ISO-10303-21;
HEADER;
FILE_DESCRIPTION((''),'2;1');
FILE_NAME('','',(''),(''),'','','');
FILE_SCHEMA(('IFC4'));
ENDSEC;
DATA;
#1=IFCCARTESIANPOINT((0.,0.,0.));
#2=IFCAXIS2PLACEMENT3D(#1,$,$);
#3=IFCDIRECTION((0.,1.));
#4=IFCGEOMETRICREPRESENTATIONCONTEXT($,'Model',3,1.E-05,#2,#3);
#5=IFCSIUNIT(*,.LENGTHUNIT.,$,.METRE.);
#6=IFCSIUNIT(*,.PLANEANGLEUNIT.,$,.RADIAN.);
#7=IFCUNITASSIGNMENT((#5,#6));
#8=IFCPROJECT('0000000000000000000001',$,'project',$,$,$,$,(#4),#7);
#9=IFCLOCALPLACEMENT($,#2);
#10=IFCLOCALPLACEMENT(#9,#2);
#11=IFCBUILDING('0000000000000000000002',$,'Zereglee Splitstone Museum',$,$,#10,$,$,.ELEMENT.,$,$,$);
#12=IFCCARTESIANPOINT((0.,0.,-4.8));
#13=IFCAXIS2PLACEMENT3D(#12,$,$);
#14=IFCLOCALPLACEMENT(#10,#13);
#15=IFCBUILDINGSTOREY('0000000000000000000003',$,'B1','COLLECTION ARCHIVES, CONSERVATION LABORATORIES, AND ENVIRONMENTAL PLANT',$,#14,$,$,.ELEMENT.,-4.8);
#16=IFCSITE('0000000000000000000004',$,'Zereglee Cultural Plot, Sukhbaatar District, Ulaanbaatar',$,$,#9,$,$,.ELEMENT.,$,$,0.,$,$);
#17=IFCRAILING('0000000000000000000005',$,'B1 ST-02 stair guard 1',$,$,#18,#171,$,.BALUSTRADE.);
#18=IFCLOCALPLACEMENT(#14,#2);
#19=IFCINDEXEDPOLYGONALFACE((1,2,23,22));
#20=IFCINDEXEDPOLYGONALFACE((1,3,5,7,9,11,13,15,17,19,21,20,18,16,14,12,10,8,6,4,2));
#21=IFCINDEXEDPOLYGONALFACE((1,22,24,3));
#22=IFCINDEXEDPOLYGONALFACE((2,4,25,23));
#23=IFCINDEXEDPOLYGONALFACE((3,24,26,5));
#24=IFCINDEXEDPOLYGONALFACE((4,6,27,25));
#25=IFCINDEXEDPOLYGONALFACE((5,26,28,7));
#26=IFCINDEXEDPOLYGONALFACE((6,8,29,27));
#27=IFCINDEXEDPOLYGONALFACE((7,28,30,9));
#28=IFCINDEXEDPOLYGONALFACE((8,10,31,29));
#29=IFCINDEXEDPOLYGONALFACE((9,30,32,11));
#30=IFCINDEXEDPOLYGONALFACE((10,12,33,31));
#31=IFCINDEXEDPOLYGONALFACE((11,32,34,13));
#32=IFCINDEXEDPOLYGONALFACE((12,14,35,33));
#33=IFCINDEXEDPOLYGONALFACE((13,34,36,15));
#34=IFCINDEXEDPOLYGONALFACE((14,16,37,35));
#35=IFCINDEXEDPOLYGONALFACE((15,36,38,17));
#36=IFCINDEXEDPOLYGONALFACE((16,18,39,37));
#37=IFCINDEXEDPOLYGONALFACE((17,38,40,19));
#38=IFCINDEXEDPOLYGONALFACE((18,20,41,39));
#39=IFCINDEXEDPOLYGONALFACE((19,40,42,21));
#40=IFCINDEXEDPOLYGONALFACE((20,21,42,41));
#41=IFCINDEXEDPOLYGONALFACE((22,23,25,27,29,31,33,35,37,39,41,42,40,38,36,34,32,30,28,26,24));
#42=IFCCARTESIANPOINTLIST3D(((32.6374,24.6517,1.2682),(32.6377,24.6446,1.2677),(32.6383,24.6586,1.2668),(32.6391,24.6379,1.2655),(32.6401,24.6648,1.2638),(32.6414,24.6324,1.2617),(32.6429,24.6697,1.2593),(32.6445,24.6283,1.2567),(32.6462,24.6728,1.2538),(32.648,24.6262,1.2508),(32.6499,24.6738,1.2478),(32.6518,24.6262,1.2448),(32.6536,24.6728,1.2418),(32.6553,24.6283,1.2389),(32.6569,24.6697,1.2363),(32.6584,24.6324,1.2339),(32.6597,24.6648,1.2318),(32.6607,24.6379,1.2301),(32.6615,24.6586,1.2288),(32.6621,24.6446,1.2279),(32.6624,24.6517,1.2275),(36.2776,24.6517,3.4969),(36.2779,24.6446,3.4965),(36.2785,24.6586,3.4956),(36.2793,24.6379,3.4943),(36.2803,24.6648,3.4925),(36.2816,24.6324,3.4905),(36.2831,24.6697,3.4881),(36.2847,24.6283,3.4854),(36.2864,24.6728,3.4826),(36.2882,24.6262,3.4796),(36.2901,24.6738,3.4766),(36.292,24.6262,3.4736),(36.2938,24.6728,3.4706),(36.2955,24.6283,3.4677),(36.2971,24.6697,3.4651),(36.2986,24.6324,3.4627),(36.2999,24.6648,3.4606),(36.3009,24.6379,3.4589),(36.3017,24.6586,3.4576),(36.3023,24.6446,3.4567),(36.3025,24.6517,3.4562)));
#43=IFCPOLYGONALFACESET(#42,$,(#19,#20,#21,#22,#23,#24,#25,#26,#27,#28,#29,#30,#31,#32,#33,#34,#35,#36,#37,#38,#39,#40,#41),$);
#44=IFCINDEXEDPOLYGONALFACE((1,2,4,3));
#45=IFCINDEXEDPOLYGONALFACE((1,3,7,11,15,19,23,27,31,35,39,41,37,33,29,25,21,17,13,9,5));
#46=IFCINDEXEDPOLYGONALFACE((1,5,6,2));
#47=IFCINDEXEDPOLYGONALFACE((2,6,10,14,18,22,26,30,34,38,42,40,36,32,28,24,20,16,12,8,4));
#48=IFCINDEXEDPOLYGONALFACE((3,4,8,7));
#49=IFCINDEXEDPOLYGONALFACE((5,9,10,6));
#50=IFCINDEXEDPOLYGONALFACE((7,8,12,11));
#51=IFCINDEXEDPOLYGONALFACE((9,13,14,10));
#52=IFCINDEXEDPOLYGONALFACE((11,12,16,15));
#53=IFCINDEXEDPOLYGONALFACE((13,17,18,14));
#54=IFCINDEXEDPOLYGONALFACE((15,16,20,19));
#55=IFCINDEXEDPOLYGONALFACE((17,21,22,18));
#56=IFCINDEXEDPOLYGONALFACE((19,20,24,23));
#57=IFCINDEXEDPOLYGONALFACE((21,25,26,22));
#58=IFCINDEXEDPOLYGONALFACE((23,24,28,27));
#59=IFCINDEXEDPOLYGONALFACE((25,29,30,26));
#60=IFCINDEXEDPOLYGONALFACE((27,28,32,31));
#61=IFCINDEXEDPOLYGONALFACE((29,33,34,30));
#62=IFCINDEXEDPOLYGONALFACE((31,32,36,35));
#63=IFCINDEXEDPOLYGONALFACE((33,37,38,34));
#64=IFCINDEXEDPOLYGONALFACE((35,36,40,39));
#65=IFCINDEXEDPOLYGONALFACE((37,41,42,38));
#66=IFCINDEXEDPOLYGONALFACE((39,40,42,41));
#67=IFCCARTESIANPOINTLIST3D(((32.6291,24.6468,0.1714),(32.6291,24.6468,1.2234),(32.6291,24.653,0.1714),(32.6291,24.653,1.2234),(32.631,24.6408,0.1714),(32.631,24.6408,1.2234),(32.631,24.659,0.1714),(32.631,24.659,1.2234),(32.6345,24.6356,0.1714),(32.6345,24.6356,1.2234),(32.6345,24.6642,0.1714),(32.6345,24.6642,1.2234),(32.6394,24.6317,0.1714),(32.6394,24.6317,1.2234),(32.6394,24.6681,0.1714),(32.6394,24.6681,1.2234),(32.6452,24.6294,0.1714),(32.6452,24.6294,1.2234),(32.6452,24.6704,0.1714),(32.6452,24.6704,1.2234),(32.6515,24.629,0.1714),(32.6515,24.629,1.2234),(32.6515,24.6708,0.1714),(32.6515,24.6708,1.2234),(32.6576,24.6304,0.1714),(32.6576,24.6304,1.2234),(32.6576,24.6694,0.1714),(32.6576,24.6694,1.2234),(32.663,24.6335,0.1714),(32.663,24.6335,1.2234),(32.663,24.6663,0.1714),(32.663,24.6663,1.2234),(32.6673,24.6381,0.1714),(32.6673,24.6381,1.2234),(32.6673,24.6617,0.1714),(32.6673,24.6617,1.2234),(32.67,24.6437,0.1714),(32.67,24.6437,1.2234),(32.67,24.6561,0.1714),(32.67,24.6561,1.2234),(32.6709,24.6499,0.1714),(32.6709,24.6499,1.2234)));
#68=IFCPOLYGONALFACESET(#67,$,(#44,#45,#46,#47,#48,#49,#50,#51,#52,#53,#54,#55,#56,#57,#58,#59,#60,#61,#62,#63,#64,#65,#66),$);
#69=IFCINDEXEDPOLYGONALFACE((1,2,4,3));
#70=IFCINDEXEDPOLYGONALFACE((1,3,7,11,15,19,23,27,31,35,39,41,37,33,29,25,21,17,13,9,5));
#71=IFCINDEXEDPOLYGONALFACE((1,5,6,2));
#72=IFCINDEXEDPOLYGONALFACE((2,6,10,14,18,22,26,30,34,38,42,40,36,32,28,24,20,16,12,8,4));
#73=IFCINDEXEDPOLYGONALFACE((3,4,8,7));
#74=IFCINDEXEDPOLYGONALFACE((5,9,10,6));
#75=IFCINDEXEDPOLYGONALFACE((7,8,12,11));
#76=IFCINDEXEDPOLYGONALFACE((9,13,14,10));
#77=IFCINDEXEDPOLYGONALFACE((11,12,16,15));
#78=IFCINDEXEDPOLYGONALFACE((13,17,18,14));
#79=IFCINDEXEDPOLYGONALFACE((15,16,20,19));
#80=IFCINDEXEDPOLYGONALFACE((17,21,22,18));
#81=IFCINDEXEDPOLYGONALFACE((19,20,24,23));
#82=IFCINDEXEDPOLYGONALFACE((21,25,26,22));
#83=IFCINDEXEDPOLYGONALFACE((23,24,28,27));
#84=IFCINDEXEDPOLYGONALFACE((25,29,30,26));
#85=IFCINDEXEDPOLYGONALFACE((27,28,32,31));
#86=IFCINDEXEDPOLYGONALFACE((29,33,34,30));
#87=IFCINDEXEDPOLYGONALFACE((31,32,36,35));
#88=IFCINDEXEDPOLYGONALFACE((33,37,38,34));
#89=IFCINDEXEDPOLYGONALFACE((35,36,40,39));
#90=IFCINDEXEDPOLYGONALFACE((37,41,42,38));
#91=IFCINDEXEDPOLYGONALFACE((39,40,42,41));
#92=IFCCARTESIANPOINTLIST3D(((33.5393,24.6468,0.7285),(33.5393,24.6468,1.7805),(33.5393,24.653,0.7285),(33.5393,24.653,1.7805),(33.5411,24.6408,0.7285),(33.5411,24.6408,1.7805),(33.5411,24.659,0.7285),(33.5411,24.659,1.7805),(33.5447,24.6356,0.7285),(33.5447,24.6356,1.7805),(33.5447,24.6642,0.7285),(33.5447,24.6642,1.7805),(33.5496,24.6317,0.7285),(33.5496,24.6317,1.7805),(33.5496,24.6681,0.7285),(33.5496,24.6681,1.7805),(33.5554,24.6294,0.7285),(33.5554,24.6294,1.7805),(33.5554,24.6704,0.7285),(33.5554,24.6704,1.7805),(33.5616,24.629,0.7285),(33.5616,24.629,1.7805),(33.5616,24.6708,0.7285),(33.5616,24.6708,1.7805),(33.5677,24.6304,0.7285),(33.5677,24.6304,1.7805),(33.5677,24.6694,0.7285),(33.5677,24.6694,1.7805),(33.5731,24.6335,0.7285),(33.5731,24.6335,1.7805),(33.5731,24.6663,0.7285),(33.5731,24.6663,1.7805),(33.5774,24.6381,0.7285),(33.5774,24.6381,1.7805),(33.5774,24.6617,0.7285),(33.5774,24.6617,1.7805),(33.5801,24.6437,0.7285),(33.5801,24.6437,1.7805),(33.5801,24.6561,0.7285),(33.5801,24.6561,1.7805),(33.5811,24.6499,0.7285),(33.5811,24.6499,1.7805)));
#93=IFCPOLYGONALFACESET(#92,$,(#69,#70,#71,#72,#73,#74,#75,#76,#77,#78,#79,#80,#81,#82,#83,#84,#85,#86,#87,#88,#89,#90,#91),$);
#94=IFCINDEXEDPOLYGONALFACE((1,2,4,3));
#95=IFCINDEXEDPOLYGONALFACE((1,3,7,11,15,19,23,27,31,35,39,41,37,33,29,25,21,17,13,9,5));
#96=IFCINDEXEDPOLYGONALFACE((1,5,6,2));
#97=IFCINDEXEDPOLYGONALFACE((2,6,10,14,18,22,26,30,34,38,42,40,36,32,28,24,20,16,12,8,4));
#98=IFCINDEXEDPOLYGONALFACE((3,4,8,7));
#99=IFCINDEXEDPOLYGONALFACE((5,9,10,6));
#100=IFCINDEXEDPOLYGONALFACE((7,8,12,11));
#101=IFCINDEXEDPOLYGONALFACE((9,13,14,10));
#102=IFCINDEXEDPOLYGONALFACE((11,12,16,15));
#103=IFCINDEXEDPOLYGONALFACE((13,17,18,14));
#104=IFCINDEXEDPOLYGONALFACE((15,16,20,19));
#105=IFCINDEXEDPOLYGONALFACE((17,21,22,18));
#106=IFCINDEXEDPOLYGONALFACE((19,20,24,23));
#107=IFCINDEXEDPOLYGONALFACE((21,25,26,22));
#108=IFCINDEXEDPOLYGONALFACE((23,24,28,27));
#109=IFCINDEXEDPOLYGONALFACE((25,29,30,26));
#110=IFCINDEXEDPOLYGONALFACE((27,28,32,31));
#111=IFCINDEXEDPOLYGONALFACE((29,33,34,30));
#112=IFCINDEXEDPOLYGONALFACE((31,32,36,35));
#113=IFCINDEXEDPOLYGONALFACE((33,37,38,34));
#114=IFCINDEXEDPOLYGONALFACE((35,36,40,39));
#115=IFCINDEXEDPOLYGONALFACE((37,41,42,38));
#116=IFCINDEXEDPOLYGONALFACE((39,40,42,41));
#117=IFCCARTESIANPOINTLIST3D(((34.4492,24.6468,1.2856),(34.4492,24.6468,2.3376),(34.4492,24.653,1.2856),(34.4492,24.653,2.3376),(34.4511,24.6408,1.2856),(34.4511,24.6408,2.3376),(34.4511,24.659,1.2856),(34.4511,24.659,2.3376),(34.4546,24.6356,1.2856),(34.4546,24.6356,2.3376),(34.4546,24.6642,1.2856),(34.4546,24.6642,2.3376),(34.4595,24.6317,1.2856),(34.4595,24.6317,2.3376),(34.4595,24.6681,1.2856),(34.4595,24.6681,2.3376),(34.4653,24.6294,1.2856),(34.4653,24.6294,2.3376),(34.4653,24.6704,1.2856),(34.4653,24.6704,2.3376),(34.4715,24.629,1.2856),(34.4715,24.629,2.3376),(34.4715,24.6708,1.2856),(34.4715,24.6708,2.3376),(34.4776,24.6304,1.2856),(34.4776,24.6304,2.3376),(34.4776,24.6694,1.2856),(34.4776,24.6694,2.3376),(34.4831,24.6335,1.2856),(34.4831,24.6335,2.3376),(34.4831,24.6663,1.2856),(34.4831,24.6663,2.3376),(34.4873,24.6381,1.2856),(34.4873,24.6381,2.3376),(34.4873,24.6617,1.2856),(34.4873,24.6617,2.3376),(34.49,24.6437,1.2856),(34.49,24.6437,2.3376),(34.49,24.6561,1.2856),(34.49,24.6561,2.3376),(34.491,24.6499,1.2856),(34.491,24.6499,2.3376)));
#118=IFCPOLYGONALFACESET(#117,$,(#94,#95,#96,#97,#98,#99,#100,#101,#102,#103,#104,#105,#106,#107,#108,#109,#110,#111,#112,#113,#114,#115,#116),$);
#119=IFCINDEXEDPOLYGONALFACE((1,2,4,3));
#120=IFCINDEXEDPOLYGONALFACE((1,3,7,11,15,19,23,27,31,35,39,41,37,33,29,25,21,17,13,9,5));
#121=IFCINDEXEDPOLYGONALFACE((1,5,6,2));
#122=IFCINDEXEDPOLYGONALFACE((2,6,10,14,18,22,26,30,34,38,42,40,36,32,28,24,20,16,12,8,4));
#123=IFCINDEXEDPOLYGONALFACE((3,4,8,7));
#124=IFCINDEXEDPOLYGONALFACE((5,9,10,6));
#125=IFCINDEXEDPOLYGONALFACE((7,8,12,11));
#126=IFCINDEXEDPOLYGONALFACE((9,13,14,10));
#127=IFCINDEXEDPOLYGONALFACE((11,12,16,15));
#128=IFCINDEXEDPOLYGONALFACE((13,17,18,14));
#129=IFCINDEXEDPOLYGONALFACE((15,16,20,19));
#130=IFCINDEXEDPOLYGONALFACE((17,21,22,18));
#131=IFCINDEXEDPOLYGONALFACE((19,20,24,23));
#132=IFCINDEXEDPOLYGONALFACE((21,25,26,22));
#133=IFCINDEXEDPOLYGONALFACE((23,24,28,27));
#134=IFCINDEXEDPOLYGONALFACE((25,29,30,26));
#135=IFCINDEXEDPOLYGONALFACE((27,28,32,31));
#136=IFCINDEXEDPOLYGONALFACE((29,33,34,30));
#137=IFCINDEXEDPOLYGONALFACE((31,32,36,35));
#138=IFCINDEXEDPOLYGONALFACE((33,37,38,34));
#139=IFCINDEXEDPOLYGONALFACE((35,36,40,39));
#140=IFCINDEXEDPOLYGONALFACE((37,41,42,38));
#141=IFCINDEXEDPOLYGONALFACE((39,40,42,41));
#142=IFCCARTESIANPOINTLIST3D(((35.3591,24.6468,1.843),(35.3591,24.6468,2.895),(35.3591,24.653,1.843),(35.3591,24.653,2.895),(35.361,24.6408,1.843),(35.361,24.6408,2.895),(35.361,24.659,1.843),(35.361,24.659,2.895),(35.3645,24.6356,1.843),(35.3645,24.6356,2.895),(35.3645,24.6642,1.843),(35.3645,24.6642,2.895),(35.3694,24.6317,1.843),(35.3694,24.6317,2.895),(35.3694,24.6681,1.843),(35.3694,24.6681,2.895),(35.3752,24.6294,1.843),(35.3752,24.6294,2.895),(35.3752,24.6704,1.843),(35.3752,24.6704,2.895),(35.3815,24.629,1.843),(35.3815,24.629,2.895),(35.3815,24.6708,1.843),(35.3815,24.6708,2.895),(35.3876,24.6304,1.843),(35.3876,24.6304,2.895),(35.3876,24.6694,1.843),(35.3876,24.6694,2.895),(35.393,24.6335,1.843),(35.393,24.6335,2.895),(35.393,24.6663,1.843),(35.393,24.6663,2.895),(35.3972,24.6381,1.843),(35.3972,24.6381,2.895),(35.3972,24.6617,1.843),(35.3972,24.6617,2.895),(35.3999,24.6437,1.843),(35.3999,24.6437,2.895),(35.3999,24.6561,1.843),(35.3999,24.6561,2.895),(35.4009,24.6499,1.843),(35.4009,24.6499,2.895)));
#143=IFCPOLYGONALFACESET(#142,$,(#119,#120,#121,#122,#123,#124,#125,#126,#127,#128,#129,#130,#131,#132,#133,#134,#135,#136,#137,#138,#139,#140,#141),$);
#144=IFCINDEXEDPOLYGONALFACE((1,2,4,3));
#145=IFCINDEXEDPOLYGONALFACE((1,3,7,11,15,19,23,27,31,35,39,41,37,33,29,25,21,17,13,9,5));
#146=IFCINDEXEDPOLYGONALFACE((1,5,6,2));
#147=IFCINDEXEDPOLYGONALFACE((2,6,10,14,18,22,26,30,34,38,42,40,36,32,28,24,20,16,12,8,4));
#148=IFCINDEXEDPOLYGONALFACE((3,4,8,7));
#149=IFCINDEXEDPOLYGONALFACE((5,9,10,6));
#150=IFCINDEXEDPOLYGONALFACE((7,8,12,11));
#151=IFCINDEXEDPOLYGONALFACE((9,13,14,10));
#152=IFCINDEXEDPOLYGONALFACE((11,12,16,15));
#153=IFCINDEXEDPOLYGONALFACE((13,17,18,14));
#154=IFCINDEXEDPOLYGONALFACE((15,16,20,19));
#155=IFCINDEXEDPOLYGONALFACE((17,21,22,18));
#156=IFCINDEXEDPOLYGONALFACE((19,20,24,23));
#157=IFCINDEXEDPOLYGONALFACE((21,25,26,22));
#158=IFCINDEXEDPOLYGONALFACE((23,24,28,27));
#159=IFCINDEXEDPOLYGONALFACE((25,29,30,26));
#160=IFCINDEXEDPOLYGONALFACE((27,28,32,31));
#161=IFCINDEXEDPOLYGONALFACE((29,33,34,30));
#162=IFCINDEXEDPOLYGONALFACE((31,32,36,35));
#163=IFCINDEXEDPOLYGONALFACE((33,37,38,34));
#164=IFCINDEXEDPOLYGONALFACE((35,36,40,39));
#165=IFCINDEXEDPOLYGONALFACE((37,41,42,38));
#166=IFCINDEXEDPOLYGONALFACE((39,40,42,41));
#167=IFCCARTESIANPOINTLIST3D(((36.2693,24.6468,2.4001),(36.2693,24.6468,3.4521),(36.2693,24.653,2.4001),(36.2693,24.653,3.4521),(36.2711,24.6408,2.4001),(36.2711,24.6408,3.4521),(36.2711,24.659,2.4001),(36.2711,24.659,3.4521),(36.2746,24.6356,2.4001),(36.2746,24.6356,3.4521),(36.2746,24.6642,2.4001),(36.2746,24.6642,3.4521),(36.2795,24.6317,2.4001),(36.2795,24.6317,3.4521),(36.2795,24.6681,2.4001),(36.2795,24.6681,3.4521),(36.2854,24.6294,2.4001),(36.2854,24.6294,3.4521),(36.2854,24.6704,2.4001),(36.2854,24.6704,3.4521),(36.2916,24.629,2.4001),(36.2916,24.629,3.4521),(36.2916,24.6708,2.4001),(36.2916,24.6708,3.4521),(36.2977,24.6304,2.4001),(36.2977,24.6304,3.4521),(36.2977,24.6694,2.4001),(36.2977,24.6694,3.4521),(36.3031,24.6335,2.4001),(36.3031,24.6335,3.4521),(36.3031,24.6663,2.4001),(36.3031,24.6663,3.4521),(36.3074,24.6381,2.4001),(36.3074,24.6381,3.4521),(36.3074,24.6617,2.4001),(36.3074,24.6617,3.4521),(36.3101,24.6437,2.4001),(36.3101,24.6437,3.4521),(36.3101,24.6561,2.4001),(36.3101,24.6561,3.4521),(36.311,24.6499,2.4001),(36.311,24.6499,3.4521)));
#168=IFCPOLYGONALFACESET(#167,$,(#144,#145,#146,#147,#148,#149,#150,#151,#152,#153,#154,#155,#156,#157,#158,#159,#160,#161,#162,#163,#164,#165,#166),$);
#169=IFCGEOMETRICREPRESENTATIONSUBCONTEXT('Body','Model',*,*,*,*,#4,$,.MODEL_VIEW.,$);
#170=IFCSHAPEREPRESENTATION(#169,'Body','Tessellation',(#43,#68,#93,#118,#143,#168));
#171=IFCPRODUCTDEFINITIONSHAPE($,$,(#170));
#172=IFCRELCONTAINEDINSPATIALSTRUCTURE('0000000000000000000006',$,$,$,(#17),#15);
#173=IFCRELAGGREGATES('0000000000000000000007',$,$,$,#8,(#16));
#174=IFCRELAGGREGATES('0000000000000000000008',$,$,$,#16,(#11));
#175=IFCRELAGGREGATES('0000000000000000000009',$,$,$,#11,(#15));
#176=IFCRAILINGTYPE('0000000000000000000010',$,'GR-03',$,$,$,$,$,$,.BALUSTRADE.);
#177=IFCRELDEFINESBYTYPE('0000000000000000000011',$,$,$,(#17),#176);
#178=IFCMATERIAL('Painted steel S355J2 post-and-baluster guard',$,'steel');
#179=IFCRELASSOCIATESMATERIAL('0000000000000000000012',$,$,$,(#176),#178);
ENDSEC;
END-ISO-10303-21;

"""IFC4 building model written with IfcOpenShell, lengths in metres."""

from ifc_helpers import new_model, si_unit, direction, frame, origin, origin_2d, place, context, subcontext, project, spatial, circle, extrude, material, type_object, element, save


model = new_model("IFC4")

# Units and contexts
model_context = context("Model", 3, precision=1e-05, world=origin(), true_north=direction((0.0, 1.0)))
body_context = subcontext(model_context, "Body", "Model", "MODEL_VIEW")
ifc_project = project(units=[si_unit("LENGTHUNIT", "METRE"), si_unit("PLANEANGLEUNIT", "RADIAN")], contexts=[model_context])

# Site, building, storey
site_placement = place(None, origin())
site = spatial("IfcSite", under=ifc_project, at=site_placement, Name="Zereglee Cultural Plot, Sukhbaatar District, Ulaanbaatar", CompositionType="ELEMENT", RefElevation=0.0)
building_placement = place(site_placement, origin())
building = spatial("IfcBuilding", under=site, at=building_placement, Name="Zereglee Splitstone Museum", CompositionType="ELEMENT")
storey_placement = place(building_placement, frame((0.0, 0.0, -4.8)))
storey = spatial("IfcBuildingStorey", under=building, at=storey_placement, Name="B1", Description="COLLECTION ARCHIVES, CONSERVATION LABORATORIES, AND ENVIRONMENTAL PLANT", CompositionType="ELEMENT", Elevation=-4.8)

# Railing
ifc_material_1 = material(Name="Painted steel S355J2 post-and-baluster guard", Category="steel")
railing_type_1 = type_object("IfcRailingType", Name="GR-03", PredefinedType="BALUSTRADE", material=ifc_material_1)
railing_1_placement = place(storey_placement, frame((32.6499, 24.6499, 0.1714)))
element("IfcRailing", 1, at=railing_1_placement, inside=storey, type_object=railing_type_1, Name="B1 ST-02 stair guard 1", PredefinedType="BALUSTRADE", context=body_context, shape_type="SweptSolid", body=[
    extrude(circle(Radius=0.0239, at=origin_2d()), frame((0.0, 0.0, 1.0764), z_axis=(0.85284, 0.0, 0.522172), x_axis=(0.0, 1.0, 0.0)), (0.0, 0.0, 1.0), 4.2683),
    extrude(circle(Radius=0.021, at=origin_2d()), origin(), (0.0, 0.0, 1.0), 1.052),
    extrude(circle(Radius=0.021, at=origin_2d()), frame((0.9102, 0.0, 0.5571)), (0.0, 0.0, 1.0), 1.052),
    extrude(circle(Radius=0.021, at=origin_2d()), frame((1.8201, 0.0, 1.1143)), (0.0, 0.0, 1.0), 1.052),
    extrude(circle(Radius=0.021, at=origin_2d()), frame((2.73, 0.0, 1.6716)), (0.0, 0.0, 1.0), 1.052),
    extrude(circle(Radius=0.021, at=origin_2d()), frame((3.6401, 0.0, 2.2288)), (0.0, 0.0, 1.0), 1.052),
])

save(model, "model.ifc")
